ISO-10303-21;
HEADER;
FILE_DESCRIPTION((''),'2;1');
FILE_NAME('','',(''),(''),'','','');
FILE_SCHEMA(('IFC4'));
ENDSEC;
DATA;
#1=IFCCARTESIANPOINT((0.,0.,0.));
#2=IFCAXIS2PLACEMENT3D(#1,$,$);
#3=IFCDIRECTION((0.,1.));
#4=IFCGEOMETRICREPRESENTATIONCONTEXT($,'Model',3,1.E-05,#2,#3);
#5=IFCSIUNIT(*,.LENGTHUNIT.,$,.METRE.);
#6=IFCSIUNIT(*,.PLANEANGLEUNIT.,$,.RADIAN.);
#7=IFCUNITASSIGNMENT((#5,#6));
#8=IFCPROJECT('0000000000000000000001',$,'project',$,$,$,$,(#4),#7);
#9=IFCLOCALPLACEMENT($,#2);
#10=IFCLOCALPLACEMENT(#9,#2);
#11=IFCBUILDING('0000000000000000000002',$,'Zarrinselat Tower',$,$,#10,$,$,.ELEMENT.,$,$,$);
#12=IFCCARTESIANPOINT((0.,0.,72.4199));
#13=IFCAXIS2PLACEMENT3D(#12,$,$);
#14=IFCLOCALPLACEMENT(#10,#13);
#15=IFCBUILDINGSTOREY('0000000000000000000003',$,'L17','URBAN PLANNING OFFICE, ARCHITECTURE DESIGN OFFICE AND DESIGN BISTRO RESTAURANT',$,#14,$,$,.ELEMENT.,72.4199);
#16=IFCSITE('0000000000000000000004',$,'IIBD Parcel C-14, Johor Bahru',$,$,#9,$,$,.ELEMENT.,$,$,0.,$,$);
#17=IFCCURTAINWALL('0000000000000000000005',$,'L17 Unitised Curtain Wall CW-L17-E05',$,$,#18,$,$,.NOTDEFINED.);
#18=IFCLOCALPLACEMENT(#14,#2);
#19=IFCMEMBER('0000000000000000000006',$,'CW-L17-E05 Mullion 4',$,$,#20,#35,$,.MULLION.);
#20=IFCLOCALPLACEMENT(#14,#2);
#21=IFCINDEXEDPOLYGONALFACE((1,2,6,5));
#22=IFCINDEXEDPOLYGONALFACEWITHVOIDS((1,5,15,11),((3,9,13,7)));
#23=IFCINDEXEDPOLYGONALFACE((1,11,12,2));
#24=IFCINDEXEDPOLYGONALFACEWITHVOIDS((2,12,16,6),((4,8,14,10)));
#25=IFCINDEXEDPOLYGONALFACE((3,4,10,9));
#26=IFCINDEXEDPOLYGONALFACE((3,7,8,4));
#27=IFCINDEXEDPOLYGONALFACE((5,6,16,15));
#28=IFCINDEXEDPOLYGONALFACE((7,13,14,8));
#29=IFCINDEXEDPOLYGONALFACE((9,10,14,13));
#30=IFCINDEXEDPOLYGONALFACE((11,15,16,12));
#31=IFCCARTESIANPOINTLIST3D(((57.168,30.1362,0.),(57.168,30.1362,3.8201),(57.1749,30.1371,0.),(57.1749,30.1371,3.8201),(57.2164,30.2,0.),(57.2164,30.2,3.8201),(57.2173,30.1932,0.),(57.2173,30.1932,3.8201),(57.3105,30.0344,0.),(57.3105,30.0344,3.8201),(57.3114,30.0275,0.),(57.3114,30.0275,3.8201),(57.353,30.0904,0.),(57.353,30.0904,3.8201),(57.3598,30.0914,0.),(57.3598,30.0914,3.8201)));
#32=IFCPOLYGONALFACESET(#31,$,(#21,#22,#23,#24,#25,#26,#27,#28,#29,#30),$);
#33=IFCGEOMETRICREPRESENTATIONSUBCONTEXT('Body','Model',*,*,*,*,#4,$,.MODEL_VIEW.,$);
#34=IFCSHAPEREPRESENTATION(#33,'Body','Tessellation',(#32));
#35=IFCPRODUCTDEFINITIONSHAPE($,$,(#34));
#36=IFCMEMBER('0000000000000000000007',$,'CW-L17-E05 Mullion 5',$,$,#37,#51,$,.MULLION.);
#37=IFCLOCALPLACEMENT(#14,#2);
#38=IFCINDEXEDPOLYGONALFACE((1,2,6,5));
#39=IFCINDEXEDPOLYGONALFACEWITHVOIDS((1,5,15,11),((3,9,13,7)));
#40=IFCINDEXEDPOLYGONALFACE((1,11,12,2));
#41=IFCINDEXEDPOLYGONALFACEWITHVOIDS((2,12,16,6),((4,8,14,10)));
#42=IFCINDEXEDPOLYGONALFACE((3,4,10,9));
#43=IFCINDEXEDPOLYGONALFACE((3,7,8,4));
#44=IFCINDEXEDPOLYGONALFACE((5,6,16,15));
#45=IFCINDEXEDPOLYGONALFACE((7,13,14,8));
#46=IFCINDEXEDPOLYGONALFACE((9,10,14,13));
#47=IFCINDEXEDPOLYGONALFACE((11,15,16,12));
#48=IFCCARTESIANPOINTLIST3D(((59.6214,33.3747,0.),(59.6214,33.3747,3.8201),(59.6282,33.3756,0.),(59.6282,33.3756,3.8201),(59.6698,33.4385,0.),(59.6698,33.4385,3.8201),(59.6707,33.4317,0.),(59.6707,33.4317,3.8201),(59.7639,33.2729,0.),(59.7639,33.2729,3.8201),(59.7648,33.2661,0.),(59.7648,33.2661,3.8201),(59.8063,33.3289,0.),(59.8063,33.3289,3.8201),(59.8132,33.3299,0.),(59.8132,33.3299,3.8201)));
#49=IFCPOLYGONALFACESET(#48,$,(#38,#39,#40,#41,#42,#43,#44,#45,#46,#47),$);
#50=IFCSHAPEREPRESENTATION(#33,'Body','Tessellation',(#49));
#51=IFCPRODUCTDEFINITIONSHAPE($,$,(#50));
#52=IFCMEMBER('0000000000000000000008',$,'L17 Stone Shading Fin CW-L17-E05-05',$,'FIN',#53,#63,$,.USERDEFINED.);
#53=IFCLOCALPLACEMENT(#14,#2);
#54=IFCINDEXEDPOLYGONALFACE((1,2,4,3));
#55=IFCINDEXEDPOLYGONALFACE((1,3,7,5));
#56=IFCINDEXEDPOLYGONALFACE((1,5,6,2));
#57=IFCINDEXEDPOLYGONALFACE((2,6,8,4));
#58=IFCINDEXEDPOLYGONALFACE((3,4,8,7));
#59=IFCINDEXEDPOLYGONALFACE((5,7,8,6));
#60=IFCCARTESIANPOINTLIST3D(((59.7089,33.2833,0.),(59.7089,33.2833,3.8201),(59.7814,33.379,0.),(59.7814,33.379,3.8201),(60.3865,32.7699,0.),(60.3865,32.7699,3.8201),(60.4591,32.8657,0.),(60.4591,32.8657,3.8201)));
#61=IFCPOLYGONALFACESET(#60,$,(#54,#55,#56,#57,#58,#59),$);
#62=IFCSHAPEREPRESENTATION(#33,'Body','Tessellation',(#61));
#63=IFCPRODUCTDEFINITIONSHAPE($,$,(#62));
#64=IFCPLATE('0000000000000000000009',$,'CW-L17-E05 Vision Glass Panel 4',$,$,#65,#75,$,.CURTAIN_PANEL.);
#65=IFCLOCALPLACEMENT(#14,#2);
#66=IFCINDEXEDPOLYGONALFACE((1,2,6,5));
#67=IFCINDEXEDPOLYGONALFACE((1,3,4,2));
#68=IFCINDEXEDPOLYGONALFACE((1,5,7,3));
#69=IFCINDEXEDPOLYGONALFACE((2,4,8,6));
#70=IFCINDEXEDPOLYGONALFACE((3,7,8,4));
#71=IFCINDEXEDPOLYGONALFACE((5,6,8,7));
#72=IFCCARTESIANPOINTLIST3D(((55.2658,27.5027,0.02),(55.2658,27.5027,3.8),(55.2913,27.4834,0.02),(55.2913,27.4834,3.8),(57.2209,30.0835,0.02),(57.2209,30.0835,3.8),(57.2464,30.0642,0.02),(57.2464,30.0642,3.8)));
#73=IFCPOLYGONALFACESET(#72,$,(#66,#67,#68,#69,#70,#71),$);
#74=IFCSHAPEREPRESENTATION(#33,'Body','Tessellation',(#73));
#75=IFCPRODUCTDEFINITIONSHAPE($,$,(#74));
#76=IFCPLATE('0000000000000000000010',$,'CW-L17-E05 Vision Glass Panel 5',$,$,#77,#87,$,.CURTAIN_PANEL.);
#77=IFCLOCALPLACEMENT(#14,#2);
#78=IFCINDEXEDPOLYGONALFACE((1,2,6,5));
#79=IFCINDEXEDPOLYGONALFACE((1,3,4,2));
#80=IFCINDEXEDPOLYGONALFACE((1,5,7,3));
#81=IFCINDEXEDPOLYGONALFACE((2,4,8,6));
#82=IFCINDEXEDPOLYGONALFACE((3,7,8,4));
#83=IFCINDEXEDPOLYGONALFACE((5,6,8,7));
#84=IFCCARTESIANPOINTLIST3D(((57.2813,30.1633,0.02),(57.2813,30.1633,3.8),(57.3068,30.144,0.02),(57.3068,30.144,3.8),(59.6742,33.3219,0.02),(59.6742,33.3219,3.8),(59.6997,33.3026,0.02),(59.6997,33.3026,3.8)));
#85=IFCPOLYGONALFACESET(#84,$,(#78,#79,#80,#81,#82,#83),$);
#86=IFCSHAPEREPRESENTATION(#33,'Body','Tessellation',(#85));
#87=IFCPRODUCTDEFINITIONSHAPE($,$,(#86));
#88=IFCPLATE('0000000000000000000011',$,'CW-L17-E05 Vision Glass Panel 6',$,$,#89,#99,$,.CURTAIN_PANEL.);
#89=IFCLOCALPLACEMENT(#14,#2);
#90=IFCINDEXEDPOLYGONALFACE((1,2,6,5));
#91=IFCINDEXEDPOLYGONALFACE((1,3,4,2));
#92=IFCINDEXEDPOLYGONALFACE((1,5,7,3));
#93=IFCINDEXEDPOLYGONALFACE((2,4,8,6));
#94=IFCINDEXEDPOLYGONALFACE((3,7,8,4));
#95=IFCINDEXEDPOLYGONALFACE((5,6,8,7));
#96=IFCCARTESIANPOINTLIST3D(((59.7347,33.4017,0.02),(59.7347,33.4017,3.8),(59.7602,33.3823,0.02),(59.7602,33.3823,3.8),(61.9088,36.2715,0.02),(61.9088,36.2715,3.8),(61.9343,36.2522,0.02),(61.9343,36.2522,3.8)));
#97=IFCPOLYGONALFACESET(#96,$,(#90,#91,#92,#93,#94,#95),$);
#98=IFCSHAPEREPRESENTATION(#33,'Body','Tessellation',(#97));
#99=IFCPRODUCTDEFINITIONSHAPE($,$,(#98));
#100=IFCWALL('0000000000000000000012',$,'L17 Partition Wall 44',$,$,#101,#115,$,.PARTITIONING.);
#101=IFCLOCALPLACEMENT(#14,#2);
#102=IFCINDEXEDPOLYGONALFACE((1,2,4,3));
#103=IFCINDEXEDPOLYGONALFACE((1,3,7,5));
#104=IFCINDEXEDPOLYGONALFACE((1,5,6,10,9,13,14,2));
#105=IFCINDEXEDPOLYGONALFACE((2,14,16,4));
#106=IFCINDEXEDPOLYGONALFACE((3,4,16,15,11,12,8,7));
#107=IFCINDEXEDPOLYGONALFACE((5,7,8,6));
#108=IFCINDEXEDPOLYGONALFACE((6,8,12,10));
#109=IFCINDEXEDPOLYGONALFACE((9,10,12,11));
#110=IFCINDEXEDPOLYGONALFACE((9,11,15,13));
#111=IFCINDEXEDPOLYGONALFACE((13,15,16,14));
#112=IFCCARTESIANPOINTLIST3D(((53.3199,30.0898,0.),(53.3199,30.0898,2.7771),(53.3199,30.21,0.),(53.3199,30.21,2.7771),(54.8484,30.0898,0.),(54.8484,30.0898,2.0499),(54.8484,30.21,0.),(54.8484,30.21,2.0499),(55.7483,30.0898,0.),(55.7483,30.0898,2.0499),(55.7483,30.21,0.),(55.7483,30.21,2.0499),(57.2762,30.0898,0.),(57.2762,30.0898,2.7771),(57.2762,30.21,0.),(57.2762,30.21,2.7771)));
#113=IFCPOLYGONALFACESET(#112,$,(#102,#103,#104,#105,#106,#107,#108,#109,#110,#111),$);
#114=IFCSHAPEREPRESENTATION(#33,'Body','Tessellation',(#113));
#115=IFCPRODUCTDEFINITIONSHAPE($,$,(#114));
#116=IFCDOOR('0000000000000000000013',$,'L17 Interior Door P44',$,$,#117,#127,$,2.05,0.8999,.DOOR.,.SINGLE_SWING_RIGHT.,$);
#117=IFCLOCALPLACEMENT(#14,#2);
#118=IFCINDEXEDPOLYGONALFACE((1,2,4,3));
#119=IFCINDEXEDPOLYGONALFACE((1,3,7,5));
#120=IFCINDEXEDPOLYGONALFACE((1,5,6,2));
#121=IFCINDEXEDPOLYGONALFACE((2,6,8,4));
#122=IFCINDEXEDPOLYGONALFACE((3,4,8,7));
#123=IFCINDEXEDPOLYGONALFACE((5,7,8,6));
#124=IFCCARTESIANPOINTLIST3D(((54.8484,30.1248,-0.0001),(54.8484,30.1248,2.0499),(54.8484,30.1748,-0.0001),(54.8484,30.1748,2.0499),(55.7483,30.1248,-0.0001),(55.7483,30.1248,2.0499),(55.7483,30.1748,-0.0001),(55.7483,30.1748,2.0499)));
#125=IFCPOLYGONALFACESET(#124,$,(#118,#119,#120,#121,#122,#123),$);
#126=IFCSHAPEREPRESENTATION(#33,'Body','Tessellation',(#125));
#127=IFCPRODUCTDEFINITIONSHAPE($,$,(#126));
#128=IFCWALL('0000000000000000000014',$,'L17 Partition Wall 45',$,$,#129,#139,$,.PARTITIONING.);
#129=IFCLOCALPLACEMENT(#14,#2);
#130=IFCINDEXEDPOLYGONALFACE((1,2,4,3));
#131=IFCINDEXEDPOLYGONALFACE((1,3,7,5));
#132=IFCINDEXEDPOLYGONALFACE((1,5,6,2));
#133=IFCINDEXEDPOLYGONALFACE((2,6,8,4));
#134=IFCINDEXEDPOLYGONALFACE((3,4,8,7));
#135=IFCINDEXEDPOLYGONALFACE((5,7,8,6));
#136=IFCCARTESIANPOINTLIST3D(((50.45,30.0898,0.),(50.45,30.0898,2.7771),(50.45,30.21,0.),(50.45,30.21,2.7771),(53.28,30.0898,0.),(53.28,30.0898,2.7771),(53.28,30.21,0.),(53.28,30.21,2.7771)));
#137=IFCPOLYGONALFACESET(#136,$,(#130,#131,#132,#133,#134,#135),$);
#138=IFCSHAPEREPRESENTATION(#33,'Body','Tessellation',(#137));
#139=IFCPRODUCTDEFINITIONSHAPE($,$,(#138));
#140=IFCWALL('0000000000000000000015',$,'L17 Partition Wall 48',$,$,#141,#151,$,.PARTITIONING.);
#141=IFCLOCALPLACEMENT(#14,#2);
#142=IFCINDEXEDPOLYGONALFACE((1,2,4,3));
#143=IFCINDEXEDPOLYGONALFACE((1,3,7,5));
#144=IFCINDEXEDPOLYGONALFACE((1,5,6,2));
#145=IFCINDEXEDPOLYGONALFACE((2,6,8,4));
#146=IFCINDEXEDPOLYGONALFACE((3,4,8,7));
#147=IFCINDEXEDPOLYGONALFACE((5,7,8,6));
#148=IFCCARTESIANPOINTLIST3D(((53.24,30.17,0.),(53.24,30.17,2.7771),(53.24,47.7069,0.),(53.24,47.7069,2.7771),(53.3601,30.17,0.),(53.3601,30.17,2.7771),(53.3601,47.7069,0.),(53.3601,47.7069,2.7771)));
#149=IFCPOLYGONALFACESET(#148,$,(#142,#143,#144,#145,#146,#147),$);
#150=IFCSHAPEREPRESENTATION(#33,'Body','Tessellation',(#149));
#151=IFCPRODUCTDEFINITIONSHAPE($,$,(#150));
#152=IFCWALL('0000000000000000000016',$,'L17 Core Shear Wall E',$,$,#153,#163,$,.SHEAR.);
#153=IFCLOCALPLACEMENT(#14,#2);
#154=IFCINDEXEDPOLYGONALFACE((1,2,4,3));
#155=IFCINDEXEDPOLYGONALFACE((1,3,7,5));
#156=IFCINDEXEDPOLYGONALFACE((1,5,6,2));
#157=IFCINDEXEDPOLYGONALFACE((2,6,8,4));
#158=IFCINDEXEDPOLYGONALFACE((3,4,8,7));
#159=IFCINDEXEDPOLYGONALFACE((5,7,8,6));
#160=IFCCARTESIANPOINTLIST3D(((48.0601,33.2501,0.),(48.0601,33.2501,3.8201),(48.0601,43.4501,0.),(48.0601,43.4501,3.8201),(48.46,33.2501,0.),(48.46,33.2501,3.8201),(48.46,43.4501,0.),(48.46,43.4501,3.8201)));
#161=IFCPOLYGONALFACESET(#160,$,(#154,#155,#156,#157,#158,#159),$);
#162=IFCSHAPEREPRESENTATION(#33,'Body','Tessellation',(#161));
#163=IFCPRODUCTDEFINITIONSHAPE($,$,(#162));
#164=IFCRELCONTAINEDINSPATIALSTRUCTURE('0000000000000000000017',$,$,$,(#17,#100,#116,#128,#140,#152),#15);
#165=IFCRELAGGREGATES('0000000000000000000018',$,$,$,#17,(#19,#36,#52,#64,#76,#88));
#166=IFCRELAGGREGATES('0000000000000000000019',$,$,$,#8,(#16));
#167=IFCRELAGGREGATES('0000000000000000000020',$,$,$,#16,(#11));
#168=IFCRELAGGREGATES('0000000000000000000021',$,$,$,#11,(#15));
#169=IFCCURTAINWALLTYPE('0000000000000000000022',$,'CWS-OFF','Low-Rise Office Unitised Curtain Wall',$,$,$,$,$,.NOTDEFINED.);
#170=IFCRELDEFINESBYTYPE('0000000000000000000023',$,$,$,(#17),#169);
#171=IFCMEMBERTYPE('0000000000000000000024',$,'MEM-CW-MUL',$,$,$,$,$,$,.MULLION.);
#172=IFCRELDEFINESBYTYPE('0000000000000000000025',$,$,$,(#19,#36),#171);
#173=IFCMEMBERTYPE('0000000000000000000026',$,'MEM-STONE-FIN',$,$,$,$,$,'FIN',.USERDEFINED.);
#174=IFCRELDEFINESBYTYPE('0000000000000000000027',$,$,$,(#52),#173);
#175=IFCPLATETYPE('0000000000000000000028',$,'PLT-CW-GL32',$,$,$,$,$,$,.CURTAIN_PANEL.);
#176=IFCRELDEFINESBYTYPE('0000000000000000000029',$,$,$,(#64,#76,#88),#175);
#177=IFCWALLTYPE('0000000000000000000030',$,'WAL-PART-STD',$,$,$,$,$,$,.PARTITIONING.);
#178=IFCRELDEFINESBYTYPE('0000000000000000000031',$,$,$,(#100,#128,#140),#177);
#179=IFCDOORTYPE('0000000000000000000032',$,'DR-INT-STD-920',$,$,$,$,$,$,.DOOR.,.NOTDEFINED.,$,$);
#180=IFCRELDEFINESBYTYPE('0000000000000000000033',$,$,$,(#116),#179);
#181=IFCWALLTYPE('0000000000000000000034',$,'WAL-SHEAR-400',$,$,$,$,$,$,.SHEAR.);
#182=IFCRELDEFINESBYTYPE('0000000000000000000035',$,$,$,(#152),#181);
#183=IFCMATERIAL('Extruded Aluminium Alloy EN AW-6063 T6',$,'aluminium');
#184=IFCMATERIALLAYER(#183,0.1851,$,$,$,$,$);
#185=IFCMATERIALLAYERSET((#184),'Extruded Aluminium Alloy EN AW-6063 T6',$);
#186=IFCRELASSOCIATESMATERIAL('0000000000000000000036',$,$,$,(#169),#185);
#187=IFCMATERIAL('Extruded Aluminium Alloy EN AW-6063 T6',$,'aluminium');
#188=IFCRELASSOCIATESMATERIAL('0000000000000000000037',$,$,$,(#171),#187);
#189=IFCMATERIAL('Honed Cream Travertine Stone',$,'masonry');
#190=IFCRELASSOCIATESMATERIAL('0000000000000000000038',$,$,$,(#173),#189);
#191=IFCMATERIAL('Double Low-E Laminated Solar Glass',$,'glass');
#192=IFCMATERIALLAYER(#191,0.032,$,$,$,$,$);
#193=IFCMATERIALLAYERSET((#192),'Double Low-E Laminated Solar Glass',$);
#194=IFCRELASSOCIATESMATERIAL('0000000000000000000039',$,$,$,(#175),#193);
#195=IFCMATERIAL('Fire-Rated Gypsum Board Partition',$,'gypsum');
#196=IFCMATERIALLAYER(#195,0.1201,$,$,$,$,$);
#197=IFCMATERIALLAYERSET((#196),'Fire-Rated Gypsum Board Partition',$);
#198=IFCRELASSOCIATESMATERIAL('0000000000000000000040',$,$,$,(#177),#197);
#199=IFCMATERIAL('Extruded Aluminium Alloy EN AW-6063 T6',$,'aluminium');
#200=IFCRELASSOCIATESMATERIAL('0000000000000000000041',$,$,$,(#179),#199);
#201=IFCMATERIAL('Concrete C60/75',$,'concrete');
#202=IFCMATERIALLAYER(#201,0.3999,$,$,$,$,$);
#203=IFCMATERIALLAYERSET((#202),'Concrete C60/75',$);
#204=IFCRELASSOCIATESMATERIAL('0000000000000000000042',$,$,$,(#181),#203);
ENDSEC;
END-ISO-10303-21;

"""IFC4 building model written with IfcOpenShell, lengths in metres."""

from ifc_helpers import new_model, si_unit, direction, frame, frame_2d, origin, origin_2d, place, context, subcontext, project, spatial, rectangle, hollow_rectangle, extrude, material, layer, layer_set, material_profile, profile_set, type_object, element, fill, aggregate, save


model = new_model("IFC4")

# Units and contexts
model_context = context("Model", 3, precision=1e-05, world=origin(), true_north=direction((0.0, 1.0)))
body_context = subcontext(model_context, "Body", "Model", "MODEL_VIEW")
ifc_project = project(units=[si_unit("LENGTHUNIT", "METRE"), si_unit("PLANEANGLEUNIT", "RADIAN")], contexts=[model_context])

# Site, building, storey
site_placement = place(None, origin())
site = spatial("IfcSite", under=ifc_project, at=site_placement, Name="IIBD Parcel C-14, Johor Bahru", CompositionType="ELEMENT", RefElevation=0.0)
building_placement = place(site_placement, origin())
building = spatial("IfcBuilding", under=site, at=building_placement, Name="Zarrinselat Tower", CompositionType="ELEMENT")
storey_placement = place(building_placement, frame((0.0, 0.0, 72.4199)))
storey = spatial("IfcBuildingStorey", under=building, at=storey_placement, Name="L17", Description="URBAN PLANNING OFFICE, ARCHITECTURE DESIGN OFFICE AND DESIGN BISTRO RESTAURANT", CompositionType="ELEMENT", Elevation=72.4199)

# Curtain wall, members, plates
ifc_material_1 = material(Name="Extruded Aluminium Alloy EN AW-6063 T6", Category="aluminium")
ifc_layer_1 = layer(ifc_material_1, 0.1851)
ifc_layer_set_1 = layer_set([ifc_layer_1], Name="Extruded Aluminium Alloy EN AW-6063 T6")
curtain_wall_type = type_object("IfcCurtainWallType", Name="CWS-OFF", Description="Low-Rise Office Unitised Curtain Wall", PredefinedType="NOTDEFINED", material=ifc_layer_set_1)
curtain_wall_placement = place(storey_placement, origin())
curtain_wall = element("IfcCurtainWall", 1, at=curtain_wall_placement, inside=storey, type_object=curtain_wall_type, Name="L17 Unitised Curtain Wall CW-L17-E05", PredefinedType="NOTDEFINED")
ifc_material_2 = material(Name="Extruded Aluminium Alloy EN AW-6063 T6", Category="aluminium")
ifc_material_profile_1 = material_profile(ifc_material_2, hollow_rectangle(XDim=0.0801, YDim=0.1799, WallThickness=0.0049, at=origin_2d()), Name="RHS 180x80x5")
ifc_profile_set_1 = profile_set([ifc_material_profile_1], Name="Extruded Aluminium Alloy EN AW-6063 T6")
member_type_1 = type_object("IfcMemberType", Name="MEM-CW-MUL", PredefinedType="MULLION", material=ifc_profile_set_1)
member_1_placement = place(storey_placement, frame((57.2639, 30.1138, 0.0), z_axis=(0.0, 0.0, 1.0), x_axis=(0.603855, 0.797094, 0.0)))
member_1 = element("IfcMember", 2, at=member_1_placement, type_object=member_type_1, Name="CW-L17-E05 Mullion 4", PredefinedType="MULLION", context=body_context, shape_type="SweptSolid", body=[
    extrude(hollow_rectangle(XDim=0.0801, YDim=0.1799, WallThickness=0.0049, at=origin_2d()), origin(), (0.0, 0.0, 1.0), 3.8201),
])
member_2_placement = place(storey_placement, frame((59.7173, 33.3523, 0.0), z_axis=(0.0, 0.0, 1.0), x_axis=(0.603855, 0.797094, 0.0)))
member_2 = element("IfcMember", 3, at=member_2_placement, type_object=member_type_1, Name="CW-L17-E05 Mullion 5", PredefinedType="MULLION", context=body_context, shape_type="SweptSolid", body=[
    extrude(hollow_rectangle(XDim=0.0801, YDim=0.1799, WallThickness=0.0049, at=origin_2d()), origin(), (0.0, 0.0, 1.0), 3.8201),
])
ifc_material_3 = material(Name="Honed Cream Travertine Stone", Category="masonry")
ifc_material_profile_2 = material_profile(ifc_material_3, rectangle(XDim=0.1201, YDim=0.8501, at=origin_2d()), Name="FIN 850x120")
ifc_profile_set_2 = profile_set([ifc_material_profile_2], Name="Honed Cream Travertine Stone")
member_type_2 = type_object("IfcMemberType", Name="MEM-STONE-FIN", ElementType="FIN", PredefinedType="USERDEFINED", material=ifc_profile_set_2)
member_3_placement = place(storey_placement, frame((60.084, 33.0745, 0.0), z_axis=(0.0, 0.0, 1.0), x_axis=(-0.603855, -0.797094, 0.0)))
member_3 = element("IfcMember", 4, at=member_3_placement, type_object=member_type_2, Name="L17 Stone Shading Fin CW-L17-E05-05", ObjectType="FIN", PredefinedType="USERDEFINED", context=body_context, shape_type="SweptSolid", body=[
    extrude(rectangle(XDim=0.1201, YDim=0.8501, at=origin_2d()), origin(), (0.0, 0.0, 1.0), 3.8201),
])
ifc_material_4 = material(Name="Double Low-E Laminated Solar Glass", Category="glass")
ifc_layer_2 = layer(ifc_material_4, 0.032)
ifc_layer_set_2 = layer_set([ifc_layer_2], Name="Double Low-E Laminated Solar Glass")
plate_type = type_object("IfcPlateType", Name="PLT-CW-GL32", PredefinedType="CURTAIN_PANEL", material=ifc_layer_set_2)
plate_1_placement = place(storey_placement, frame((56.2561, 28.7834, 0.02), z_axis=(0.0, 0.0, 1.0), x_axis=(0.603855, 0.797094, 0.0)))
plate_1 = element("IfcPlate", 5, at=plate_1_placement, type_object=plate_type, Name="CW-L17-E05 Vision Glass Panel 4", PredefinedType="CURTAIN_PANEL", context=body_context, shape_type="SweptSolid", body=[
    extrude(rectangle(XDim=3.2378, YDim=0.032, at=origin_2d()), origin(), (0.0, 0.0, 1.0), 3.78),
])
plate_2_placement = place(storey_placement, frame((58.4905, 31.7329, 0.02), z_axis=(0.0, 0.0, 1.0), x_axis=(0.603855, 0.797094, 0.0)))
plate_2 = element("IfcPlate", 6, at=plate_2_placement, type_object=plate_type, Name="CW-L17-E05 Vision Glass Panel 5", PredefinedType="CURTAIN_PANEL", context=body_context, shape_type="SweptSolid", body=[
    extrude(rectangle(XDim=3.9626, YDim=0.032, at=origin_2d()), origin(), (0.0, 0.0, 1.0), 3.78),
])
plate_3_placement = place(storey_placement, frame((60.8345, 34.8269, 0.02), z_axis=(0.0, 0.0, 1.0), x_axis=(0.603855, 0.797094, 0.0)))
plate_3 = element("IfcPlate", 7, at=plate_3_placement, type_object=plate_type, Name="CW-L17-E05 Vision Glass Panel 6", PredefinedType="CURTAIN_PANEL", context=body_context, shape_type="SweptSolid", body=[
    extrude(rectangle(XDim=3.6003, YDim=0.032, at=origin_2d()), origin(), (0.0, 0.0, 1.0), 3.78),
])
aggregate(curtain_wall, [member_1, member_2, member_3, plate_1, plate_2, plate_3])

# Wall, opening, door
ifc_material_5 = material(Name="Fire-Rated Gypsum Board Partition", Category="gypsum")
ifc_layer_3 = layer(ifc_material_5, 0.1201)
ifc_layer_set_3 = layer_set([ifc_layer_3], Name="Fire-Rated Gypsum Board Partition")
wall_type_1 = type_object("IfcWallType", Name="WAL-PART-STD", PredefinedType="PARTITIONING", material=ifc_layer_set_3)
wall_1_placement = place(storey_placement, frame((53.3201, 30.1499, 0.0), z_axis=(0.0, 0.0, 1.0), x_axis=(1.0, 0.0, 0.0)))
wall_1 = element("IfcWall", 8, at=wall_1_placement, inside=storey, type_object=wall_type_1, Name="L17 Partition Wall 44", PredefinedType="PARTITIONING", context=body_context, shape_type="SweptSolid", body=[
    extrude(rectangle(XDim=3.9563, YDim=0.1201, at=frame_2d((1.978, 0.0))), origin(), (0.0, 0.0, 1.0), 2.7771),
])
opening_placement = place(wall_1_placement, frame((1.5283, 0.0, 0.0)))
opening = element("IfcOpeningElement", 9, at=opening_placement, cuts=wall_1, PredefinedType="OPENING", context=body_context, shape_type="SweptSolid", body=[
    extrude(rectangle(XDim=0.8999, YDim=2.05, at=frame_2d((0.45, 1.0249))), frame((0.0, 0.0701, 0.0), z_axis=(0.0, -1.0, 0.0), x_axis=(1.0, 0.0, 0.0)), (0.0, 0.0, 1.0), 0.1401),
])
ifc_material_6 = material(Name="Extruded Aluminium Alloy EN AW-6063 T6", Category="aluminium")
door_type = type_object("IfcDoorType", Name="DR-INT-STD-920", OperationType="NOTDEFINED", PredefinedType="DOOR", material=ifc_material_6)
door_placement = place(opening_placement, origin())
door = element("IfcDoor", 10, at=door_placement, inside=storey, type_object=door_type, Name="L17 Interior Door P44", OperationType="SINGLE_SWING_RIGHT", OverallHeight=2.05, OverallWidth=0.8999, PredefinedType="DOOR", context=body_context, shape_type="SweptSolid", body=[
    extrude(rectangle(XDim=0.8999, YDim=2.05, at=frame_2d((0.45, 1.0249))), frame((0.0, 0.0249, 0.0), z_axis=(0.0, -1.0, 0.0), x_axis=(1.0, 0.0, 0.0)), (0.0, 0.0, 1.0), 0.05),
])
fill(opening, door)

# Walls
wall_2_placement = place(storey_placement, frame((50.45, 30.1499, 0.0), z_axis=(0.0, 0.0, 1.0), x_axis=(1.0, 0.0, 0.0)))
element("IfcWall", 11, at=wall_2_placement, inside=storey, type_object=wall_type_1, Name="L17 Partition Wall 45", PredefinedType="PARTITIONING", context=body_context, shape_type="SweptSolid", body=[
    extrude(rectangle(XDim=2.8301, YDim=0.1201, at=frame_2d((1.415, 0.0))), origin(), (0.0, 0.0, 1.0), 2.7771),
])
wall_3_placement = place(storey_placement, frame((53.3, 30.1699, 0.0), z_axis=(0.0, 0.0, 1.0), x_axis=(0.0, 1.0, 0.0)))
element("IfcWall", 12, at=wall_3_placement, inside=storey, type_object=wall_type_1, Name="L17 Partition Wall 48", PredefinedType="PARTITIONING", context=body_context, shape_type="SweptSolid", body=[
    extrude(rectangle(XDim=17.5369, YDim=0.1201, at=frame_2d((8.7686, 0.0))), origin(), (0.0, 0.0, 1.0), 2.7771),
])
ifc_material_7 = material(Name="Concrete C60/75", Category="concrete")
ifc_layer_4 = layer(ifc_material_7, 0.3999)
ifc_layer_set_4 = layer_set([ifc_layer_4], Name="Concrete C60/75")
wall_type_2 = type_object("IfcWallType", Name="WAL-SHEAR-400", PredefinedType="SHEAR", material=ifc_layer_set_4)
wall_4_placement = place(storey_placement, frame((48.26, 33.25, 0.0), z_axis=(0.0, 0.0, 1.0), x_axis=(0.0, 1.0, 0.0)))
element("IfcWall", 13, at=wall_4_placement, inside=storey, type_object=wall_type_2, Name="L17 Core Shear Wall E", PredefinedType="SHEAR", context=body_context, shape_type="SweptSolid", body=[
    extrude(rectangle(XDim=10.2, YDim=0.3999, at=frame_2d((5.1001, 0.0))), origin(), (0.0, 0.0, 1.0), 3.8201),
])

save(model, "model.ifc")
